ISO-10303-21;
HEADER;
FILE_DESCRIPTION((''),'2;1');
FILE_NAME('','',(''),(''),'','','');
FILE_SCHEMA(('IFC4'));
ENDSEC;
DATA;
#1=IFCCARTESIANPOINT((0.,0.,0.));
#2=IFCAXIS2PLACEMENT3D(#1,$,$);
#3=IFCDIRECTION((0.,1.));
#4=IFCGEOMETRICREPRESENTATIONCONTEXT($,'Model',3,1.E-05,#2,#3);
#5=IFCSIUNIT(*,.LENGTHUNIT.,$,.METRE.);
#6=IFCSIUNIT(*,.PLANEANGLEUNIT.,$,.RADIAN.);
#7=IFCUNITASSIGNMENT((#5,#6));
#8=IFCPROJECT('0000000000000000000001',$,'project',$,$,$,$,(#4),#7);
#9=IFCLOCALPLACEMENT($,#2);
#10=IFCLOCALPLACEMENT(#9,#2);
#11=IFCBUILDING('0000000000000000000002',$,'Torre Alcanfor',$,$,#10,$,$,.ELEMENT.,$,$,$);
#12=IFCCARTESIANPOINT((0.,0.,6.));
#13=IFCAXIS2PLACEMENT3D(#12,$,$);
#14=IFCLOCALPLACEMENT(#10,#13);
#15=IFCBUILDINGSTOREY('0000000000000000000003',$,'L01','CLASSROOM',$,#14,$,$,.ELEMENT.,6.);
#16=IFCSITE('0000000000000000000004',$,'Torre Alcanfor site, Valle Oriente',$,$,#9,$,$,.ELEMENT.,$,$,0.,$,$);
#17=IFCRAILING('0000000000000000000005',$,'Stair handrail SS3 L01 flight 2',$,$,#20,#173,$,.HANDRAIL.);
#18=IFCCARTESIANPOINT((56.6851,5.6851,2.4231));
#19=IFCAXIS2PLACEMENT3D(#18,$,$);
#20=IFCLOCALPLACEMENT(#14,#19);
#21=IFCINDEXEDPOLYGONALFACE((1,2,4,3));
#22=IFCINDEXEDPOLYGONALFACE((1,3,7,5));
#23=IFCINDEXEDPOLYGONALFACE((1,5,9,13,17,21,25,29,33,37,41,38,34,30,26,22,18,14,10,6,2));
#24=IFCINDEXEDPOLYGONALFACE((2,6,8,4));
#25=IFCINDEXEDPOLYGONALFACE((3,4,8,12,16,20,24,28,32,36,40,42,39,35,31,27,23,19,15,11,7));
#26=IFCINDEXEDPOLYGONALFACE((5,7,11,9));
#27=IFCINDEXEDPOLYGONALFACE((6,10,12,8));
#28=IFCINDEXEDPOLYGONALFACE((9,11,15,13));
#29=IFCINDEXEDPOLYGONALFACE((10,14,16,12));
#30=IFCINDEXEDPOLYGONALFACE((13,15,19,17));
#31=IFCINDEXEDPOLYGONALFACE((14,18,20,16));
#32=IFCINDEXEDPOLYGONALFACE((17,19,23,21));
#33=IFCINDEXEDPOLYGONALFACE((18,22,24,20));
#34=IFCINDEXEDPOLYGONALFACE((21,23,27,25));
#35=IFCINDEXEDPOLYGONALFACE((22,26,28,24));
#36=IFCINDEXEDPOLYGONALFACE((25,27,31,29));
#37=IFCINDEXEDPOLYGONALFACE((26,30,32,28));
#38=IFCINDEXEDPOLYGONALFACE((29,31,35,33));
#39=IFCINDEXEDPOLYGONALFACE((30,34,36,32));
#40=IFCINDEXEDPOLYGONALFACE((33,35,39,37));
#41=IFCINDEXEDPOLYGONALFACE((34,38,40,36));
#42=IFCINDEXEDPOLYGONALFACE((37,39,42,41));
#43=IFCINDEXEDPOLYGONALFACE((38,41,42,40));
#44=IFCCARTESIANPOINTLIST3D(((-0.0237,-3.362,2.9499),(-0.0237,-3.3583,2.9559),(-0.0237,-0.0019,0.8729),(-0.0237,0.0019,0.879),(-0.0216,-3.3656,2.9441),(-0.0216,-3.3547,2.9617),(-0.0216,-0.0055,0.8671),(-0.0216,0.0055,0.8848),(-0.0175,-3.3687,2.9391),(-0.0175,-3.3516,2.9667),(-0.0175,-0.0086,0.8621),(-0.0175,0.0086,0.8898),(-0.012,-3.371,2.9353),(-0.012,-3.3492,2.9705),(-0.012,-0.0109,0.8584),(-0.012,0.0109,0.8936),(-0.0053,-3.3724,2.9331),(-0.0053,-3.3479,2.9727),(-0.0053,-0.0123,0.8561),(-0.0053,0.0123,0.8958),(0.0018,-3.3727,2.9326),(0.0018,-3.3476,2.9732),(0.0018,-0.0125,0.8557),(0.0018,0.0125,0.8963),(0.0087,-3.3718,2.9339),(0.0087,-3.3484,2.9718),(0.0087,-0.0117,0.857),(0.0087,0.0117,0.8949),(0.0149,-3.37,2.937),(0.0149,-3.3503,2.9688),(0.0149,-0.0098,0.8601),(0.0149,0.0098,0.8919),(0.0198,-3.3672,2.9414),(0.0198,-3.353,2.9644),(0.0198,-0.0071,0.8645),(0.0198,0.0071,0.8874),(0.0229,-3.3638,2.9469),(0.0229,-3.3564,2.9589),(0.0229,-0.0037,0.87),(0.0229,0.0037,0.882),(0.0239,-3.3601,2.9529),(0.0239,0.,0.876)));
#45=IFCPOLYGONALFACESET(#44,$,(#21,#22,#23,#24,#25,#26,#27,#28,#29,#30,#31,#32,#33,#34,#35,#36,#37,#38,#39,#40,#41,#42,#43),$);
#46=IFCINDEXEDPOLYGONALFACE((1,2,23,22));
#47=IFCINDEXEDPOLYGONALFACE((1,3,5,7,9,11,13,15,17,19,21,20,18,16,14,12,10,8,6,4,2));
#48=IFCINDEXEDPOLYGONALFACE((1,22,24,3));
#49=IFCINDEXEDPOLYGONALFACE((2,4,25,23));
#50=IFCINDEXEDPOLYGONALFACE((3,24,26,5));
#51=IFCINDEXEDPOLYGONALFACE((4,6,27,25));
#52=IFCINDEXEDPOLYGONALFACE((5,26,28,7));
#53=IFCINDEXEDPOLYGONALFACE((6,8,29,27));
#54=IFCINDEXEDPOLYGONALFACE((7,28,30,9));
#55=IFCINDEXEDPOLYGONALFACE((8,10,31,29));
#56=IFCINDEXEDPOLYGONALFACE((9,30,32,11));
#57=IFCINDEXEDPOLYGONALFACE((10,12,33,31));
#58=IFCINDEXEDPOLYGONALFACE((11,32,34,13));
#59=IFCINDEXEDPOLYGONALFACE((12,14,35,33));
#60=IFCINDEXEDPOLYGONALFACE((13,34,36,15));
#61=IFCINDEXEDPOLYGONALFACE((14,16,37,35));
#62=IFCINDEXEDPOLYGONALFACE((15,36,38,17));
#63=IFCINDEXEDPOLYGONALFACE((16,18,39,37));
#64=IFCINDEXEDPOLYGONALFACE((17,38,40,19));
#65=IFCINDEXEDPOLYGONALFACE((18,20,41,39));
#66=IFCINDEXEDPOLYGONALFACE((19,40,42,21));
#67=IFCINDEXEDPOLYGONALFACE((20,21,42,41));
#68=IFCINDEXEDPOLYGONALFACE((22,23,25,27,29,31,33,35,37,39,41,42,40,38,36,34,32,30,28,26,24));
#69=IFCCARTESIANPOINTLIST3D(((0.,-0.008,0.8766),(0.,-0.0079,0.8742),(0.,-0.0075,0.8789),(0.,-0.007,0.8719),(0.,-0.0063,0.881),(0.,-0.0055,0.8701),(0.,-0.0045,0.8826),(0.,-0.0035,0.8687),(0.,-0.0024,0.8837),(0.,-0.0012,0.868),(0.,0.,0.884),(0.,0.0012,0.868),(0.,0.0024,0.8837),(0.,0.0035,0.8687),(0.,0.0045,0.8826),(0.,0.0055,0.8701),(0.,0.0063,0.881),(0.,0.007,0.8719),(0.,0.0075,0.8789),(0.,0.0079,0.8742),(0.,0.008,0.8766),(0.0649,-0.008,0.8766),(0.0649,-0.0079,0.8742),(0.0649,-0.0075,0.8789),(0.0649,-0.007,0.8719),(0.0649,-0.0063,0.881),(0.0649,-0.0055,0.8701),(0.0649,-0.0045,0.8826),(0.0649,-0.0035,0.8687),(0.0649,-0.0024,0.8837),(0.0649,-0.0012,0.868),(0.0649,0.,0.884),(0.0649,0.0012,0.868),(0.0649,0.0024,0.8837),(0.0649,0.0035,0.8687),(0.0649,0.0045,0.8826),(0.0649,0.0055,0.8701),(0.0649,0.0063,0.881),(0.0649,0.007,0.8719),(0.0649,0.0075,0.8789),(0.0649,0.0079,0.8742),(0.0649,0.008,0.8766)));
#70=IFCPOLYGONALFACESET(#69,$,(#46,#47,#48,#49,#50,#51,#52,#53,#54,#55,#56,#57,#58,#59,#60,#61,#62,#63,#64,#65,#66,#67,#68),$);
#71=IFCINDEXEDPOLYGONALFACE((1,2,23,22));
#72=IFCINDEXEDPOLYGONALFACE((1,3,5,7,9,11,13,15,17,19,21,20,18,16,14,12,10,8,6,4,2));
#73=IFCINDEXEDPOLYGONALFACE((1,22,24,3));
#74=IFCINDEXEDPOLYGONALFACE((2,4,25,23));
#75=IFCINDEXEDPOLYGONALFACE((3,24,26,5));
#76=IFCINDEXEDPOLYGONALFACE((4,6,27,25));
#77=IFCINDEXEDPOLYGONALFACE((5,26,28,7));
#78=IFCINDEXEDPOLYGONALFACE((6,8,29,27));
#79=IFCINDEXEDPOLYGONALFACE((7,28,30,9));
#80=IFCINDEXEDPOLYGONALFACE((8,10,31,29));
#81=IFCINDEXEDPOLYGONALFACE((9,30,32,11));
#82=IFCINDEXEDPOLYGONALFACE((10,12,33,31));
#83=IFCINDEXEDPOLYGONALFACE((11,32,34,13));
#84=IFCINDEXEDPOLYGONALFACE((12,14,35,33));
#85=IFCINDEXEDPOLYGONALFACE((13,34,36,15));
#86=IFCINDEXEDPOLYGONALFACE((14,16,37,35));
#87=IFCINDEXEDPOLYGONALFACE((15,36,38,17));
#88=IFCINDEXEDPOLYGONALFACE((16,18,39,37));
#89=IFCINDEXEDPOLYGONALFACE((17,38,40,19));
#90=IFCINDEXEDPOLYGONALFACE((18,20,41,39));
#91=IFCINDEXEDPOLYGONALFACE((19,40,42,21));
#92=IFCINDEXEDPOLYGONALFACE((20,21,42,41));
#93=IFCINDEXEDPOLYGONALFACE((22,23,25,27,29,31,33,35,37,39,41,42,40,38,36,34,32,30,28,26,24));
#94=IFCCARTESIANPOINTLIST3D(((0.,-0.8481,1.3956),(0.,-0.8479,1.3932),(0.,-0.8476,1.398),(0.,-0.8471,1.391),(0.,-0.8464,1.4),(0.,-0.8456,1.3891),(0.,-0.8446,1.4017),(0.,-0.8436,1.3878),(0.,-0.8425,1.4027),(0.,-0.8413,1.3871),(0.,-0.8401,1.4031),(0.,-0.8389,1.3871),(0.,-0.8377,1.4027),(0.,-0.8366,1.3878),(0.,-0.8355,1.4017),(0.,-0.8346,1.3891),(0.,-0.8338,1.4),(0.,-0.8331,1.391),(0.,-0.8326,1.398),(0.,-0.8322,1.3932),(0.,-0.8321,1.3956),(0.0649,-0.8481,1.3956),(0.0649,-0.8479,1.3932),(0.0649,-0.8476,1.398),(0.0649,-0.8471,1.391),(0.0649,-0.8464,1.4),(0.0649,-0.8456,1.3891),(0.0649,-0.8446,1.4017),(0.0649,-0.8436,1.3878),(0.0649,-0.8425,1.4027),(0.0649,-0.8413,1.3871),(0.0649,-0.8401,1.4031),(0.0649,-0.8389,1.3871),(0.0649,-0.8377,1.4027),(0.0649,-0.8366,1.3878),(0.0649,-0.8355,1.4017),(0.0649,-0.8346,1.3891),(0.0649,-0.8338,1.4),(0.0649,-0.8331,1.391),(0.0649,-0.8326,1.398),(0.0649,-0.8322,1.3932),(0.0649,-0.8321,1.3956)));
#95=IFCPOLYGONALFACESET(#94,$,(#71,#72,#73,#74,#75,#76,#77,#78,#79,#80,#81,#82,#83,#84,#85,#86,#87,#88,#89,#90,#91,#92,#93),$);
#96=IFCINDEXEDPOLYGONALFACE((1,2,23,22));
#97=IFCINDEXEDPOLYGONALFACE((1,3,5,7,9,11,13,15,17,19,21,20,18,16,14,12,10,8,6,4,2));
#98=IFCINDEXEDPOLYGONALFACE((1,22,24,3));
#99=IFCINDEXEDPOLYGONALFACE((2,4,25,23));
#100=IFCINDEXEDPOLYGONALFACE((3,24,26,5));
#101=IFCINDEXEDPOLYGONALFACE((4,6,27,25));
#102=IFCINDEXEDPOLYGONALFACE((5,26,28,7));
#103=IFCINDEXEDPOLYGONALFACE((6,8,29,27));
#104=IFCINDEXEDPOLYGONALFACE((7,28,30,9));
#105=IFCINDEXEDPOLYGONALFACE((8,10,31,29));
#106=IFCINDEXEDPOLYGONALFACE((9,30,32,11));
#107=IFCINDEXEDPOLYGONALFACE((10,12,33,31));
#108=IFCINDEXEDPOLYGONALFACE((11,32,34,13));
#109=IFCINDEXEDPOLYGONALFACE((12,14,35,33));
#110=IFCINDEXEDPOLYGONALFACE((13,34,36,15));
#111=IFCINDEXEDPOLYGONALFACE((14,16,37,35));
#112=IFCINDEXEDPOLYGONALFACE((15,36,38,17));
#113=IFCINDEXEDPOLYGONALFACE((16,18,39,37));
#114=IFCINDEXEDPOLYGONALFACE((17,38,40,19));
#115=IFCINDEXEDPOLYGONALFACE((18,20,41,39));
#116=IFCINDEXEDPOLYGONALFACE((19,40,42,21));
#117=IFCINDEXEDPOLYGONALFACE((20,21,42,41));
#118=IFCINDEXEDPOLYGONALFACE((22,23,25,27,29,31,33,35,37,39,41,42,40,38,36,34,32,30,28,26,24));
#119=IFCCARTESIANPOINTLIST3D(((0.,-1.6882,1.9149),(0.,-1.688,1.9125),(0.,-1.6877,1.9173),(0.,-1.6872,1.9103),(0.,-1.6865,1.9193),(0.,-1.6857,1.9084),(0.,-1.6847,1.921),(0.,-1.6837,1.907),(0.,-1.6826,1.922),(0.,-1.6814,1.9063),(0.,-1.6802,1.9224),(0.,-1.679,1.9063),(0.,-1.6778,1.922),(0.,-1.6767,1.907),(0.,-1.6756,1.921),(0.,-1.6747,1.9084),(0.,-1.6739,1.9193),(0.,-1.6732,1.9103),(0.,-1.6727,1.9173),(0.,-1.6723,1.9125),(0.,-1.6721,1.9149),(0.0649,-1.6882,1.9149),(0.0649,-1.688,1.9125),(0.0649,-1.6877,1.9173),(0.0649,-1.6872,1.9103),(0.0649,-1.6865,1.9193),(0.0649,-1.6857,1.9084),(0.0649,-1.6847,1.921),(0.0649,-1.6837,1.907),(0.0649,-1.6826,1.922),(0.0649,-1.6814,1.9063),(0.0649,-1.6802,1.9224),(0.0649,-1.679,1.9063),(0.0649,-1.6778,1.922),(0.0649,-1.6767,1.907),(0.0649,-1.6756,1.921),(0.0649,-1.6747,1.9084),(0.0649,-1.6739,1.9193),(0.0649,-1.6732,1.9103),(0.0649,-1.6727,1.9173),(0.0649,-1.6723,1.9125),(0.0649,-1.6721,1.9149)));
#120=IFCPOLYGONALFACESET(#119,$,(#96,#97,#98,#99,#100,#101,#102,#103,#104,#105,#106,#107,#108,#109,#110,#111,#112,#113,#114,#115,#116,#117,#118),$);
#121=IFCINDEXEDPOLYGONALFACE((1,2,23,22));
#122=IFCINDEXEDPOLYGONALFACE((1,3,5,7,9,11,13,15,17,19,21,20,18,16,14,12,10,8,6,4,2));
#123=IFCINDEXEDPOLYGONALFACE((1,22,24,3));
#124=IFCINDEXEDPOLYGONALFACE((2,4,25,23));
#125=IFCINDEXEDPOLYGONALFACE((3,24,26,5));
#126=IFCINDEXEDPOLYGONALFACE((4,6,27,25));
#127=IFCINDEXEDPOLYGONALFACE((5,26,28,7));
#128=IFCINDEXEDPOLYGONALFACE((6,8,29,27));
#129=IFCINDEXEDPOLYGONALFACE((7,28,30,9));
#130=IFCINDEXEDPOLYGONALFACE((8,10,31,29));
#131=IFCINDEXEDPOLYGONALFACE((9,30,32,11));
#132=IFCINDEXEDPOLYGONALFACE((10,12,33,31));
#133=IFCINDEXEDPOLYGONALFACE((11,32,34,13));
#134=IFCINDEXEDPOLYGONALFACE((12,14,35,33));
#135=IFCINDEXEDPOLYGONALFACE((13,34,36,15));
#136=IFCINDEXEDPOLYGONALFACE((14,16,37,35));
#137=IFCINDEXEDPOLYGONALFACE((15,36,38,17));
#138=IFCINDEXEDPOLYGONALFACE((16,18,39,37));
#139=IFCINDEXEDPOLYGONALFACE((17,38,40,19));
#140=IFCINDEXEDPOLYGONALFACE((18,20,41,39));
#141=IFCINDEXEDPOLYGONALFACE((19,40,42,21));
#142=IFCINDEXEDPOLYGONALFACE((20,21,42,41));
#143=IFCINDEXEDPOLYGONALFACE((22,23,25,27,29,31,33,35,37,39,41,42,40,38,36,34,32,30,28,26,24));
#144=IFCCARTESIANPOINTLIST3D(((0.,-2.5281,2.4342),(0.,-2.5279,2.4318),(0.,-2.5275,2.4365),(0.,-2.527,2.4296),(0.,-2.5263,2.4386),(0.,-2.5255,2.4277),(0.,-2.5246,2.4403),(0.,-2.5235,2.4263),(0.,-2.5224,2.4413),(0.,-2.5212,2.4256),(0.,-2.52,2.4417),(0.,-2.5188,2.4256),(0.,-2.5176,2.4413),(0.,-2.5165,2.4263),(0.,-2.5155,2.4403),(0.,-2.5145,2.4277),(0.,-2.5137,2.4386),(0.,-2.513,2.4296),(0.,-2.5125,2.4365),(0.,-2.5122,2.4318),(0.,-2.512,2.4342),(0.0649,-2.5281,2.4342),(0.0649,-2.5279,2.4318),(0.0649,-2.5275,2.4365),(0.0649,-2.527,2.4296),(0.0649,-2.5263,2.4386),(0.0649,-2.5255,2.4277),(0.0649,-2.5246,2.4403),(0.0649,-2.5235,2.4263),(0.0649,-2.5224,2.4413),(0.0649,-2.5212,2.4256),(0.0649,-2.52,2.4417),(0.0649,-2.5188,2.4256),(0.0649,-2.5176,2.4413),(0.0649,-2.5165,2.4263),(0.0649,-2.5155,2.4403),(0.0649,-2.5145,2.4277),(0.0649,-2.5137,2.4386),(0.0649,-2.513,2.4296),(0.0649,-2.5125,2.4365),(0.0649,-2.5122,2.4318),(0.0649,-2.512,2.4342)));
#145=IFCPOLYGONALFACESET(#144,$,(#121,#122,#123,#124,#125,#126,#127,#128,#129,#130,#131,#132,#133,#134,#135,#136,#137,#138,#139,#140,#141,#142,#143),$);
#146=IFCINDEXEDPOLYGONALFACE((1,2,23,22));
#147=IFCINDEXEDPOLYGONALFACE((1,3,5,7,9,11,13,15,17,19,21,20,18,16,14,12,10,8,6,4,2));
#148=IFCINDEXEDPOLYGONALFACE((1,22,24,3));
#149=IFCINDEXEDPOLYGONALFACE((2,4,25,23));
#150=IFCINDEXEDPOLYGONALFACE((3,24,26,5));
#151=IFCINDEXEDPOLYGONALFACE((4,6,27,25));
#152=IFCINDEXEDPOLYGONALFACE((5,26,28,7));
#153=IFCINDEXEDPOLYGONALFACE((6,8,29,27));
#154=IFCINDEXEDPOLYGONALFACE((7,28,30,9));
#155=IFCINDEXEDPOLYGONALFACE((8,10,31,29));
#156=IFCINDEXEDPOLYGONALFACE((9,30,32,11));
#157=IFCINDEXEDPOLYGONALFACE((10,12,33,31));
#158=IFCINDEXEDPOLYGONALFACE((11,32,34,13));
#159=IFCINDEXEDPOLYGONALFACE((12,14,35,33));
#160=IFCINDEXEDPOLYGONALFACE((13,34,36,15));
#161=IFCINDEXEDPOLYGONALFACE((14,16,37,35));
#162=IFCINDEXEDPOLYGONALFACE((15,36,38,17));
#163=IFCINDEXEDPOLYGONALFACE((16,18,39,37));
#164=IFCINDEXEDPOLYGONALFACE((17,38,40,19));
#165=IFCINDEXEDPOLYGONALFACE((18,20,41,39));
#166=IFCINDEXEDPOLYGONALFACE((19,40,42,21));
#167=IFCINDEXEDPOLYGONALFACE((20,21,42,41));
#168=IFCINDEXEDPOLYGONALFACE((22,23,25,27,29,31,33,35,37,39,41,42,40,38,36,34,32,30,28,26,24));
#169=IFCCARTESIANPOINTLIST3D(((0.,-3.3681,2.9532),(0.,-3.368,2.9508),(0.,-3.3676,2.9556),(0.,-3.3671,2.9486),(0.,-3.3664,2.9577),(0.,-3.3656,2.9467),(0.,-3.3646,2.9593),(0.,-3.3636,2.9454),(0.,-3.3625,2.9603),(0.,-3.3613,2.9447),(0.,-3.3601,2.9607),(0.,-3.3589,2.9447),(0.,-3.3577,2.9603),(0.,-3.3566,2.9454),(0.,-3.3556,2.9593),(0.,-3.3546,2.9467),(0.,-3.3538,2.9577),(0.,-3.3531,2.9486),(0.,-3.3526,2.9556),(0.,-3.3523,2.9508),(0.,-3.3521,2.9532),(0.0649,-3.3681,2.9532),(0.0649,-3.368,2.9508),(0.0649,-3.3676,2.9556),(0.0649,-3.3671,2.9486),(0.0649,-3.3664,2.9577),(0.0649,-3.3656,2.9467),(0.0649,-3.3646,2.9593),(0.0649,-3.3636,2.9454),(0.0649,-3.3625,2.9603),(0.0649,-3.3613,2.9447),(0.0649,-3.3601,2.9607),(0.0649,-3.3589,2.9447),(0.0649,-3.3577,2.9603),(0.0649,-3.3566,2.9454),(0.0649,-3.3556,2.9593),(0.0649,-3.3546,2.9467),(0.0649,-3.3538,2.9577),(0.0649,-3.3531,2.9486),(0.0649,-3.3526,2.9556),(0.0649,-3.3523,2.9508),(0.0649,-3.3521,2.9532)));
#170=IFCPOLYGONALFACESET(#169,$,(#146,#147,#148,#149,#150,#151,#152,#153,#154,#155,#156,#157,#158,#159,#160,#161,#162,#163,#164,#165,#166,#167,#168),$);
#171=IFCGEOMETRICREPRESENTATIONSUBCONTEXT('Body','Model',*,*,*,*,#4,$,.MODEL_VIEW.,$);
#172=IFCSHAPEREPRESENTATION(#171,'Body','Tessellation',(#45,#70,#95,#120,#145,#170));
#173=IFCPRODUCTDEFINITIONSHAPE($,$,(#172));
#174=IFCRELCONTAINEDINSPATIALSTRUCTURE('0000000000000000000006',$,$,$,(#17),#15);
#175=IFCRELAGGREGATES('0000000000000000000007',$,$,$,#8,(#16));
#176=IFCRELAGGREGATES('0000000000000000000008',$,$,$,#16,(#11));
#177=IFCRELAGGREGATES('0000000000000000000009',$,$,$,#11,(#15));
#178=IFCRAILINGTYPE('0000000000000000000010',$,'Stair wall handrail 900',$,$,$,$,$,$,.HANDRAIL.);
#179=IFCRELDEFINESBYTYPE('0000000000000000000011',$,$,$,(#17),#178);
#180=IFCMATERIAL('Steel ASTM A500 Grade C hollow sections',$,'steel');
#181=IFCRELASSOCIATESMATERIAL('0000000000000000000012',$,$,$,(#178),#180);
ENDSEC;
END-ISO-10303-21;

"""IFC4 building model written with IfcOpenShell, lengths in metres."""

from ifc_helpers import new_model, si_unit, direction, frame, origin, origin_2d, place, context, subcontext, project, spatial, circle, extrude, material, type_object, element, save


model = new_model("IFC4")

# Units and contexts
model_context = context("Model", 3, precision=1e-05, world=origin(), true_north=direction((0.0, 1.0)))
body_context = subcontext(model_context, "Body", "Model", "MODEL_VIEW")
ifc_project = project(units=[si_unit("LENGTHUNIT", "METRE"), si_unit("PLANEANGLEUNIT", "RADIAN")], contexts=[model_context])

# Site, building, storey
site_placement = place(None, origin())
site = spatial("IfcSite", under=ifc_project, at=site_placement, Name="Torre Alcanfor site, Valle Oriente", CompositionType="ELEMENT", RefElevation=0.0)
building_placement = place(site_placement, origin())
building = spatial("IfcBuilding", under=site, at=building_placement, Name="Torre Alcanfor", CompositionType="ELEMENT")
storey_placement = place(building_placement, frame((0.0, 0.0, 6.0)))
storey = spatial("IfcBuildingStorey", under=building, at=storey_placement, Name="L01", Description="CLASSROOM", CompositionType="ELEMENT", Elevation=6.0)

# Railing
ifc_material_1 = material(Name="Steel ASTM A500 Grade C hollow sections", Category="steel")
railing_type_1 = type_object("IfcRailingType", Name="Stair wall handrail 900", PredefinedType="HANDRAIL", material=ifc_material_1)
railing_1_placement = place(storey_placement, frame((56.6851, 5.6851, 2.4231)))
element("IfcRailing", 1, at=railing_1_placement, inside=storey, type_object=railing_type_1, Name="Stair handrail SS3 L01 flight 2", PredefinedType="HANDRAIL", context=body_context, shape_type="SweptSolid", body=[
    extrude(circle(Radius=0.0239, at=origin_2d()), frame((0.0, 0.0, 0.876), z_axis=(0.0, -0.850623, 0.525776), x_axis=(1.0, 0.0, 0.0)), (0.0, 0.0, 1.0), 3.9502),
    extrude(circle(Radius=0.0081, at=origin_2d()), frame((0.0, 0.0, 0.876), z_axis=(1.0, 0.0, 0.0), x_axis=(0.0, 0.0, 1.0)), (0.0, 0.0, 1.0), 0.0649),
    extrude(circle(Radius=0.0081, at=origin_2d()), frame((0.0, -0.8401, 1.395), z_axis=(1.0, 0.0, 0.0), x_axis=(0.0, 0.0, 1.0)), (0.0, 0.0, 1.0), 0.0649),
    extrude(circle(Radius=0.0081, at=origin_2d()), frame((0.0, -1.6802, 1.9143), z_axis=(1.0, 0.0, 0.0), x_axis=(0.0, 0.0, 1.0)), (0.0, 0.0, 1.0), 0.0649),
    extrude(circle(Radius=0.0081, at=origin_2d()), frame((0.0, -2.52, 2.4336), z_axis=(1.0, 0.0, 0.0), x_axis=(0.0, 0.0, 1.0)), (0.0, 0.0, 1.0), 0.0649),
    extrude(circle(Radius=0.0081, at=origin_2d()), frame((0.0, -3.3601, 2.9526), z_axis=(1.0, 0.0, 0.0), x_axis=(0.0, 0.0, 1.0)), (0.0, 0.0, 1.0), 0.0649),
])

save(model, "model.ifc")
